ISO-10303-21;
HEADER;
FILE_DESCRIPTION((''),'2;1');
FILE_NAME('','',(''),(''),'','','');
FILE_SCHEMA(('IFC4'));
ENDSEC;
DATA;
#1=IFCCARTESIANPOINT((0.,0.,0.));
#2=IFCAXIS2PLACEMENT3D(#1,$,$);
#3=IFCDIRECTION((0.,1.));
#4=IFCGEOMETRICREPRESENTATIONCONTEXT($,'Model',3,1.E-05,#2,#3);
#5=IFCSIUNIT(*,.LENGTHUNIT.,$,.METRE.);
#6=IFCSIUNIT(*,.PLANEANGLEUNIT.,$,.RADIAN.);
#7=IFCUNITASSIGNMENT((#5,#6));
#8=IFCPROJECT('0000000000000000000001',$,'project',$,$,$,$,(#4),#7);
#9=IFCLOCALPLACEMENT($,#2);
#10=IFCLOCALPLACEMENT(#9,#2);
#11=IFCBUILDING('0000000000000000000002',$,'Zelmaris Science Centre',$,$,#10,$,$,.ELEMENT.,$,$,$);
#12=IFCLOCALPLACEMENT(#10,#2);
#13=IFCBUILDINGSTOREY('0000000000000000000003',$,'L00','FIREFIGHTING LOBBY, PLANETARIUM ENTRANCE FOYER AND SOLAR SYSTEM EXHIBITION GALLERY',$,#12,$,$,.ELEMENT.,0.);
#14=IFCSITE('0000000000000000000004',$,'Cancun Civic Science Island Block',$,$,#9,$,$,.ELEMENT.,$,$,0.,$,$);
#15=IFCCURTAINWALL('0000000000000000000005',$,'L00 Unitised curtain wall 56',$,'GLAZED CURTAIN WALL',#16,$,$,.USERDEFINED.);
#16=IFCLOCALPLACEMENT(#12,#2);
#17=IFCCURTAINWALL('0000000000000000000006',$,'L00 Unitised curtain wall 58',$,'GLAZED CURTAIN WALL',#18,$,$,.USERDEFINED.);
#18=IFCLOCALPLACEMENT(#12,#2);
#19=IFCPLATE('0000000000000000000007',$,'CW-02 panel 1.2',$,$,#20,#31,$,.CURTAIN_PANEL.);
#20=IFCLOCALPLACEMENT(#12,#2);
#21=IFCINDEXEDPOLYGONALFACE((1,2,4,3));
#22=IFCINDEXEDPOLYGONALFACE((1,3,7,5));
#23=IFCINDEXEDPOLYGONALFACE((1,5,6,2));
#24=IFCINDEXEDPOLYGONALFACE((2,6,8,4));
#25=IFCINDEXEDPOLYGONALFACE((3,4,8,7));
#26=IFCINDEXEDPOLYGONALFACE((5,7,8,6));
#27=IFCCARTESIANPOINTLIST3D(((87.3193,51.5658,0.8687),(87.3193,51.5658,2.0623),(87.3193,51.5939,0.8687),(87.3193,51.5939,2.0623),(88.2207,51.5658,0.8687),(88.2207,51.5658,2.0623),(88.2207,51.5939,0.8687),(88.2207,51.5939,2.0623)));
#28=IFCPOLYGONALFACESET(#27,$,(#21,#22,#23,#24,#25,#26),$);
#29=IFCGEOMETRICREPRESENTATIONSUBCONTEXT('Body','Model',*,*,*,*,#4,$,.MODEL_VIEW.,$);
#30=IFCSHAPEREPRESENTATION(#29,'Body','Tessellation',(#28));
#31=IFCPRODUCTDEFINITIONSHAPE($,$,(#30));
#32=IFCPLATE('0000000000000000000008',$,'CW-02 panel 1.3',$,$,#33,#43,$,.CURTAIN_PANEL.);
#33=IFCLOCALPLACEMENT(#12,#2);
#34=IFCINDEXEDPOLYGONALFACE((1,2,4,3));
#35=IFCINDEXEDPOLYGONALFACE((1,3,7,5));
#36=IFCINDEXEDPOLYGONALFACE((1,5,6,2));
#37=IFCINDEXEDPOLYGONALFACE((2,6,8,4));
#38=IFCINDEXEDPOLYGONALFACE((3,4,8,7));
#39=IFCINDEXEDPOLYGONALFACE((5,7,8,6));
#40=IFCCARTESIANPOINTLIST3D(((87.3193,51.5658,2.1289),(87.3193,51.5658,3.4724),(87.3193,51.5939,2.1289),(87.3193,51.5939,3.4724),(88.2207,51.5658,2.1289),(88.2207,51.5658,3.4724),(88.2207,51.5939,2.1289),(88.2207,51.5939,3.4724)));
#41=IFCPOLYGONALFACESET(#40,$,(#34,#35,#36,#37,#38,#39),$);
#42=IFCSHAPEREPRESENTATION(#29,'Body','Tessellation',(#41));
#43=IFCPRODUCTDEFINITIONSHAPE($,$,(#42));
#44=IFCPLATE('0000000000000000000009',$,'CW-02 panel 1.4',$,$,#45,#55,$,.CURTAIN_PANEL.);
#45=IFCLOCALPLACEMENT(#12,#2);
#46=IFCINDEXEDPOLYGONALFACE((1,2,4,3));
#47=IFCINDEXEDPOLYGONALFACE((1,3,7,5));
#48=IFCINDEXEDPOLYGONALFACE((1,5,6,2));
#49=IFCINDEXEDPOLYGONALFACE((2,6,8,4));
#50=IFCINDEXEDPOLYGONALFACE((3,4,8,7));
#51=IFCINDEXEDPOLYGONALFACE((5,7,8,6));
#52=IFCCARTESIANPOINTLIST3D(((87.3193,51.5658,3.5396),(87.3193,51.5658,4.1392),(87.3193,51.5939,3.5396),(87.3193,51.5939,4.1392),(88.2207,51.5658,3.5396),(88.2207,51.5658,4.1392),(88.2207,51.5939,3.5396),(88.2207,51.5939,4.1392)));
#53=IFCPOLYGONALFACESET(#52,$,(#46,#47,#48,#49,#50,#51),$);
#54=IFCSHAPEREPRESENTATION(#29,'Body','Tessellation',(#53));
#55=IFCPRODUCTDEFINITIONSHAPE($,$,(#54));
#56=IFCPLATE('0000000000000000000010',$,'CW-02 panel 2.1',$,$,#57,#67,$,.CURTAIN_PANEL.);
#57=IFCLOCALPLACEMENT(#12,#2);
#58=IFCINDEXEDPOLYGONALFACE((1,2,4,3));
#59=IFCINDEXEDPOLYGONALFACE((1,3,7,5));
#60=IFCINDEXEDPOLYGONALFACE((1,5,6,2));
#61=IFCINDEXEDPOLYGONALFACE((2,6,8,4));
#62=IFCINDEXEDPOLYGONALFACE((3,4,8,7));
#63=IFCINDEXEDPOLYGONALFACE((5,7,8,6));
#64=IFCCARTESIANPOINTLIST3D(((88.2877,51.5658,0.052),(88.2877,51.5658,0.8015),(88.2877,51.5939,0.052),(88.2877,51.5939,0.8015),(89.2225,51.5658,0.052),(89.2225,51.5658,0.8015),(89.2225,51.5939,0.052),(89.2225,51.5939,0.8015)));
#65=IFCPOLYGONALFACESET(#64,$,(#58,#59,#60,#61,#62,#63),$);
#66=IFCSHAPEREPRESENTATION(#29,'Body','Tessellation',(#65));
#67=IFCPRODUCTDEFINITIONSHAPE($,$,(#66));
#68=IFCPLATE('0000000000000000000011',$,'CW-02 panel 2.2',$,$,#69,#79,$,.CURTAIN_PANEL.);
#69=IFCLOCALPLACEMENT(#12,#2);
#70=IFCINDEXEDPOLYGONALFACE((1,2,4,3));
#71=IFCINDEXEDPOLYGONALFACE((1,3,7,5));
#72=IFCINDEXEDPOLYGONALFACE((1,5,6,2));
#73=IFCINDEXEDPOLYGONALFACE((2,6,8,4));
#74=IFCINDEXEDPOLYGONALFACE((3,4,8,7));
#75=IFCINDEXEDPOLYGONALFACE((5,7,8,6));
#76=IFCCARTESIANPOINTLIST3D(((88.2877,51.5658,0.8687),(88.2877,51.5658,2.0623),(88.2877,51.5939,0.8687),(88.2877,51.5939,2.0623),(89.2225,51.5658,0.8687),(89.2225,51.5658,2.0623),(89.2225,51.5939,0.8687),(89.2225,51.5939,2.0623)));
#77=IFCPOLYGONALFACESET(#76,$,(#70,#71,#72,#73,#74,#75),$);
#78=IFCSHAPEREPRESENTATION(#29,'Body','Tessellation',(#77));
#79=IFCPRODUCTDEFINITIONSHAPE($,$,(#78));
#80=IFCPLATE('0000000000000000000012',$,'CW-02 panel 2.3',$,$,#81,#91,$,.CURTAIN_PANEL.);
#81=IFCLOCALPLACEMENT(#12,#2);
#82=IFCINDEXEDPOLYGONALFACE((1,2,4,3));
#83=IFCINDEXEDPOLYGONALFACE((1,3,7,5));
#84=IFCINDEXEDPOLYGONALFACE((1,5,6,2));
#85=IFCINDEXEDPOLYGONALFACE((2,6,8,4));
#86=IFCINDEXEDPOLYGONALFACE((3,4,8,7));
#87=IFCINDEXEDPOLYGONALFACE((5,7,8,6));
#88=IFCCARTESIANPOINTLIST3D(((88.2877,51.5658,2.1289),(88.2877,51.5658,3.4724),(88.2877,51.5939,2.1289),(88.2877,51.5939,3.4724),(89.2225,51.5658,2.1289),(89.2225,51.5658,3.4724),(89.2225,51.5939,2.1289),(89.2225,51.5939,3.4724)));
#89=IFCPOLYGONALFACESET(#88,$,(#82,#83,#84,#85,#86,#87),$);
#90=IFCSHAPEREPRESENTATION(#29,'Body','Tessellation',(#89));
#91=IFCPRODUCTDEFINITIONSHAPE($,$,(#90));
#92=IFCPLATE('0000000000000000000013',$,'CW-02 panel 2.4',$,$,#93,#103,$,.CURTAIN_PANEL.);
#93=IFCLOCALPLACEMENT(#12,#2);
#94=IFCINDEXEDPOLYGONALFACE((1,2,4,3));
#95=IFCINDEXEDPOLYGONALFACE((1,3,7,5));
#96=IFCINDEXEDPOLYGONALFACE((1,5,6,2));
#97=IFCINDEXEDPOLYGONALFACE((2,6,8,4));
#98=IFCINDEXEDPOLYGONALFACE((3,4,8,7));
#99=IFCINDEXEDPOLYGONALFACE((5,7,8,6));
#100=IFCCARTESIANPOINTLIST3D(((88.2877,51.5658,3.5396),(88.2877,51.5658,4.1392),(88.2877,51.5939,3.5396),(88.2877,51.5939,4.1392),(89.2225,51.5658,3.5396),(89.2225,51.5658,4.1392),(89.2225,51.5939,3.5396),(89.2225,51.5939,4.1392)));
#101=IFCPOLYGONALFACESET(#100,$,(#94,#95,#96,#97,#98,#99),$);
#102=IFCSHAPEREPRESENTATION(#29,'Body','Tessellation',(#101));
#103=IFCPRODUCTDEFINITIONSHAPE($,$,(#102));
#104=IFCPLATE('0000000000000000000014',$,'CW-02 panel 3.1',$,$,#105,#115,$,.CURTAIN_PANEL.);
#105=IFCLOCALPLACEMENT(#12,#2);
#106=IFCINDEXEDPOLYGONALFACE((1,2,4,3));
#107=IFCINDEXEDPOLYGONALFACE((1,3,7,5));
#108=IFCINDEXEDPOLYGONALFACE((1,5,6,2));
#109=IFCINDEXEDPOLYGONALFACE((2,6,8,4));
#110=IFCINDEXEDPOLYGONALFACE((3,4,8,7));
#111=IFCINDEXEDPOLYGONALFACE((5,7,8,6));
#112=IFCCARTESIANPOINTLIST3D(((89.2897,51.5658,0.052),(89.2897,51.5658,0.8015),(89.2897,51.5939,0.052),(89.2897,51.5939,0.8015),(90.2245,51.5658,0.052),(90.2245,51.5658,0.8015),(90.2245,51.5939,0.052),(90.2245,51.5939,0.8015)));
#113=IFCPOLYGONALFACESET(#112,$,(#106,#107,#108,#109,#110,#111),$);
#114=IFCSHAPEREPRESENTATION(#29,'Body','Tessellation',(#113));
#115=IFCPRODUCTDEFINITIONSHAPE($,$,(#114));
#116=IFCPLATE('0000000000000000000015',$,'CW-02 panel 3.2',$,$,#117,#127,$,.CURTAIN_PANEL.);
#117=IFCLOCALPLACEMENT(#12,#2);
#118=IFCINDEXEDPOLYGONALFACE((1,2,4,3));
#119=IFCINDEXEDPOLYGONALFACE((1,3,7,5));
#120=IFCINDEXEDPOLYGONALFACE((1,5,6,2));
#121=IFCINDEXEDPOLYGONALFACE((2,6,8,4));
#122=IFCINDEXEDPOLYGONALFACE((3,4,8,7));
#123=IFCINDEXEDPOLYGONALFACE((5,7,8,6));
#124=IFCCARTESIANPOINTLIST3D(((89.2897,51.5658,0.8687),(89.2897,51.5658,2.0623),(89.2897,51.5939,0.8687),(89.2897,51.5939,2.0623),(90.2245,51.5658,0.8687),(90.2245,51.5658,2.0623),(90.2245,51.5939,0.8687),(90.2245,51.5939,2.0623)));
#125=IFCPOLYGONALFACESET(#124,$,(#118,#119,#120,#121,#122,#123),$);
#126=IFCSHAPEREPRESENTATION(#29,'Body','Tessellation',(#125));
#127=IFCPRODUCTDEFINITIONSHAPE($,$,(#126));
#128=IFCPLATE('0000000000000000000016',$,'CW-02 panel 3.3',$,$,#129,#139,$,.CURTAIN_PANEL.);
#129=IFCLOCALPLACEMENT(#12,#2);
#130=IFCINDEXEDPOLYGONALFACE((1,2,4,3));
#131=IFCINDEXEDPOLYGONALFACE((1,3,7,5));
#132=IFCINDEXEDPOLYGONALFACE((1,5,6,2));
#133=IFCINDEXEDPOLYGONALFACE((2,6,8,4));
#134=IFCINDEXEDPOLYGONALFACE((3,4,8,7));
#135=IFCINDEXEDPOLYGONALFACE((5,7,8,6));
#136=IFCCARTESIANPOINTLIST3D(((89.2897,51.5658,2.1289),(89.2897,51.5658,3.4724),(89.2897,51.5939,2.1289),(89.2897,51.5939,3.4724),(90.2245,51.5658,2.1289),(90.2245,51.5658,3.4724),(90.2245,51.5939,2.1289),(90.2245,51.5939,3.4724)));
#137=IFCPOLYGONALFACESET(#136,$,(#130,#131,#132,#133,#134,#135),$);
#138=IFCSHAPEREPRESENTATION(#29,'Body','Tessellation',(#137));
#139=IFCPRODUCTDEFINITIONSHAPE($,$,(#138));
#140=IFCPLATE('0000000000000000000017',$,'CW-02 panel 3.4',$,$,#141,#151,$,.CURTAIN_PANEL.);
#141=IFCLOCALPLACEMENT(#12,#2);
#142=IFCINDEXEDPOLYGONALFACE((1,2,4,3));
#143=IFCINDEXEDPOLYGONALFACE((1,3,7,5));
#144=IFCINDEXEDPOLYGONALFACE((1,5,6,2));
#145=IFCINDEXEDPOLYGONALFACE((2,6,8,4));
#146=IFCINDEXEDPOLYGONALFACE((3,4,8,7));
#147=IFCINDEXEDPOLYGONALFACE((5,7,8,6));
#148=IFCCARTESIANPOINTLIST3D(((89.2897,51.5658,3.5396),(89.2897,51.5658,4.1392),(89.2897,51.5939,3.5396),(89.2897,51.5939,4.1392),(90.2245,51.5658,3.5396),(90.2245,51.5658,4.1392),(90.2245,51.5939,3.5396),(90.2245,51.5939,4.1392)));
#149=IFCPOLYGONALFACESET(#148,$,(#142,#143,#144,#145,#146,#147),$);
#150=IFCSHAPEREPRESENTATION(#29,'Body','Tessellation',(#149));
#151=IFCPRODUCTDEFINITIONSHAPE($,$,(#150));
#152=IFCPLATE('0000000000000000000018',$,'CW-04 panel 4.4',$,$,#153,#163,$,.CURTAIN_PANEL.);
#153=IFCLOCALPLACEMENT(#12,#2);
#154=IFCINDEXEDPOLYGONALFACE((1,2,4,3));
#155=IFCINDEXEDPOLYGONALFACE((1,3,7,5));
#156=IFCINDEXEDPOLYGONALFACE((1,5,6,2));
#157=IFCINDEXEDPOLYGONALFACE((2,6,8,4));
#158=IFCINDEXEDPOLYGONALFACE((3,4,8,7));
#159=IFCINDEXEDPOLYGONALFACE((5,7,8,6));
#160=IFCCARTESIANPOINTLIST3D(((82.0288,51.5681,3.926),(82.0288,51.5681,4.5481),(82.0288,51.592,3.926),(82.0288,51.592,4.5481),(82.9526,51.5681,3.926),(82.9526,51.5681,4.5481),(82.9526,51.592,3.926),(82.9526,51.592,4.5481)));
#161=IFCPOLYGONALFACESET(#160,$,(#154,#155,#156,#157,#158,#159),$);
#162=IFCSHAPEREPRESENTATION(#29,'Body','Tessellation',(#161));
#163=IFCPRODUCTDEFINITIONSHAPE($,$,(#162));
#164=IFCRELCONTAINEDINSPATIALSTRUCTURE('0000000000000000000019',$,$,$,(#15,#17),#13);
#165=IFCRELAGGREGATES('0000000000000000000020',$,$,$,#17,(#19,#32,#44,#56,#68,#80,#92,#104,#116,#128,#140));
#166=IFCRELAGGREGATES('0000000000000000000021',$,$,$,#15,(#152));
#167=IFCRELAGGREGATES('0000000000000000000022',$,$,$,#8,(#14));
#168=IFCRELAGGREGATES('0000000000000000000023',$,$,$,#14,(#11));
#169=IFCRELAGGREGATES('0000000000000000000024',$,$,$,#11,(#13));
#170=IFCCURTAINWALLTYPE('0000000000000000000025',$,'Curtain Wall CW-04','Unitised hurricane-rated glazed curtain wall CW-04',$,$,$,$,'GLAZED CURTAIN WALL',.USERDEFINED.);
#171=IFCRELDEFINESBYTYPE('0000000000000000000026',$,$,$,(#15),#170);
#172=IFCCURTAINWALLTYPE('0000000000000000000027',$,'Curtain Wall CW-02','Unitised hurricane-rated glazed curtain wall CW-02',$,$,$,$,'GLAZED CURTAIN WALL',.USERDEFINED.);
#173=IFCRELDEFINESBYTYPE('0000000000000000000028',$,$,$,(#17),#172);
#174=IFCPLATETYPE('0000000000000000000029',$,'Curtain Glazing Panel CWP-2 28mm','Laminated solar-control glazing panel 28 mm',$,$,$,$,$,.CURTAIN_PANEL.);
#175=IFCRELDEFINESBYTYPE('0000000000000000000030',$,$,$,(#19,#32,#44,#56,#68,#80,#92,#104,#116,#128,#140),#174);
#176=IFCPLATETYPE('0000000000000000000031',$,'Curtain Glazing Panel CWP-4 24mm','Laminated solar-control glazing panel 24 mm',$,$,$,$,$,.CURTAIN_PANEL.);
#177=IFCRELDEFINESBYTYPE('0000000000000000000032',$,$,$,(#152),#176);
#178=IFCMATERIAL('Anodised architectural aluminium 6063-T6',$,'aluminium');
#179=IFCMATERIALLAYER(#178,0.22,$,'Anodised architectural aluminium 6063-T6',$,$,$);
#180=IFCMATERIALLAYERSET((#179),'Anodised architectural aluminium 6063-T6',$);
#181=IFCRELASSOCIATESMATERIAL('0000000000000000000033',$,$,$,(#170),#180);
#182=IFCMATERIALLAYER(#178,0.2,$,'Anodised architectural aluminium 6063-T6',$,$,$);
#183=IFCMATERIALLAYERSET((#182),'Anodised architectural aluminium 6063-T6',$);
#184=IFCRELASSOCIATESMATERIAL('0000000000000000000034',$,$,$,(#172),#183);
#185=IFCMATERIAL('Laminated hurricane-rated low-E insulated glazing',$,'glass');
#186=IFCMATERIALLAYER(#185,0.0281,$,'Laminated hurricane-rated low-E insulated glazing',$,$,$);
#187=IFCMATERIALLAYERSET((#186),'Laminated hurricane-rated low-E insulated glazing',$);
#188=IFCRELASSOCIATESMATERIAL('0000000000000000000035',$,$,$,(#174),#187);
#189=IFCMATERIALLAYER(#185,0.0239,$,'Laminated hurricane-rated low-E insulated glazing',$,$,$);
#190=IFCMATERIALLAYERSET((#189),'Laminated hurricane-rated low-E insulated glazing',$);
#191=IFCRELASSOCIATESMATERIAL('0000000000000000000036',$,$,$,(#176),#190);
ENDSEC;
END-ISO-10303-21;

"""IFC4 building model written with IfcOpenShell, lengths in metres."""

from ifc_helpers import new_model, si_unit, direction, frame, origin, origin_2d, place, context, subcontext, project, spatial, rectangle, extrude, material, layer, layer_set, type_object, element, aggregate, save


model = new_model("IFC4")

# Units and contexts
model_context = context("Model", 3, precision=1e-05, world=origin(), true_north=direction((0.0, 1.0)))
body_context = subcontext(model_context, "Body", "Model", "MODEL_VIEW")
ifc_project = project(units=[si_unit("LENGTHUNIT", "METRE"), si_unit("PLANEANGLEUNIT", "RADIAN")], contexts=[model_context])

# Site, building, storey
site_placement = place(None, origin())
site = spatial("IfcSite", under=ifc_project, at=site_placement, Name="Cancun Civic Science Island Block", CompositionType="ELEMENT", RefElevation=0.0)
building_placement = place(site_placement, origin())
building = spatial("IfcBuilding", under=site, at=building_placement, Name="Zelmaris Science Centre", CompositionType="ELEMENT")
storey_placement = place(building_placement, origin())
storey = spatial("IfcBuildingStorey", under=building, at=storey_placement, Name="L00", Description="FIREFIGHTING LOBBY, PLANETARIUM ENTRANCE FOYER AND SOLAR SYSTEM EXHIBITION GALLERY", CompositionType="ELEMENT", Elevation=0.0)

# Curtain wall
ifc_material_1 = material(Name="Anodised architectural aluminium 6063-T6", Category="aluminium")
ifc_layer_1 = layer(ifc_material_1, 0.22, Name="Anodised architectural aluminium 6063-T6")
ifc_layer_set_1 = layer_set([ifc_layer_1], Name="Anodised architectural aluminium 6063-T6")
curtain_wall_type_1 = type_object("IfcCurtainWallType", Name="Curtain Wall CW-04", Description="Unitised hurricane-rated glazed curtain wall CW-04", ElementType="GLAZED CURTAIN WALL", PredefinedType="USERDEFINED", material=ifc_layer_set_1)
curtain_wall_1_placement = place(storey_placement, origin())
curtain_wall_1 = element("IfcCurtainWall", 1, at=curtain_wall_1_placement, inside=storey, type_object=curtain_wall_type_1, Name="L00 Unitised curtain wall 56", ObjectType="GLAZED CURTAIN WALL", PredefinedType="USERDEFINED")

# Curtain wall, plates
ifc_layer_2 = layer(ifc_material_1, 0.2, Name="Anodised architectural aluminium 6063-T6")
ifc_layer_set_2 = layer_set([ifc_layer_2], Name="Anodised architectural aluminium 6063-T6")
curtain_wall_type_2 = type_object("IfcCurtainWallType", Name="Curtain Wall CW-02", Description="Unitised hurricane-rated glazed curtain wall CW-02", ElementType="GLAZED CURTAIN WALL", PredefinedType="USERDEFINED", material=ifc_layer_set_2)
curtain_wall_2_placement = place(storey_placement, origin())
curtain_wall_2 = element("IfcCurtainWall", 2, at=curtain_wall_2_placement, inside=storey, type_object=curtain_wall_type_2, Name="L00 Unitised curtain wall 58", ObjectType="GLAZED CURTAIN WALL", PredefinedType="USERDEFINED")
ifc_material_2 = material(Name="Laminated hurricane-rated low-E insulated glazing", Category="glass")
ifc_layer_3 = layer(ifc_material_2, 0.0281, Name="Laminated hurricane-rated low-E insulated glazing")
ifc_layer_set_3 = layer_set([ifc_layer_3], Name="Laminated hurricane-rated low-E insulated glazing")
plate_type_1 = type_object("IfcPlateType", Name="Curtain Glazing Panel CWP-2 28mm", Description="Laminated solar-control glazing panel 28 mm", PredefinedType="CURTAIN_PANEL", material=ifc_layer_set_3)
plate_1_placement = place(storey_placement, frame((87.77, 51.5798, 0.8687), z_axis=(0.0, 0.0, 1.0), x_axis=(1.0, 0.0, 0.0)))
plate_1 = element("IfcPlate", 3, at=plate_1_placement, type_object=plate_type_1, Name="CW-02 panel 1.2", PredefinedType="CURTAIN_PANEL", context=body_context, shape_type="SweptSolid", body=[
    extrude(rectangle(XDim=0.9014, YDim=0.0281, at=origin_2d()), origin(), (0.0, 0.0, 1.0), 1.1936),
])
plate_2_placement = place(storey_placement, frame((87.77, 51.5798, 2.1289), z_axis=(0.0, 0.0, 1.0), x_axis=(1.0, 0.0, 0.0)))
plate_2 = element("IfcPlate", 4, at=plate_2_placement, type_object=plate_type_1, Name="CW-02 panel 1.3", PredefinedType="CURTAIN_PANEL", context=body_context, shape_type="SweptSolid", body=[
    extrude(rectangle(XDim=0.9014, YDim=0.0281, at=origin_2d()), origin(), (0.0, 0.0, 1.0), 1.3435),
])
plate_3_placement = place(storey_placement, frame((87.77, 51.5798, 3.5396), z_axis=(0.0, 0.0, 1.0), x_axis=(1.0, 0.0, 0.0)))
plate_3 = element("IfcPlate", 5, at=plate_3_placement, type_object=plate_type_1, Name="CW-02 panel 1.4", PredefinedType="CURTAIN_PANEL", context=body_context, shape_type="SweptSolid", body=[
    extrude(rectangle(XDim=0.9014, YDim=0.0281, at=origin_2d()), origin(), (0.0, 0.0, 1.0), 0.5996),
])
plate_4_placement = place(storey_placement, frame((88.7551, 51.5798, 0.052), z_axis=(0.0, 0.0, 1.0), x_axis=(1.0, 0.0, 0.0)))
plate_4 = element("IfcPlate", 6, at=plate_4_placement, type_object=plate_type_1, Name="CW-02 panel 2.1", PredefinedType="CURTAIN_PANEL", context=body_context, shape_type="SweptSolid", body=[
    extrude(rectangle(XDim=0.9348, YDim=0.0281, at=origin_2d()), origin(), (0.0, 0.0, 1.0), 0.7495),
])
plate_5_placement = place(storey_placement, frame((88.7551, 51.5798, 0.8687), z_axis=(0.0, 0.0, 1.0), x_axis=(1.0, 0.0, 0.0)))
plate_5 = element("IfcPlate", 7, at=plate_5_placement, type_object=plate_type_1, Name="CW-02 panel 2.2", PredefinedType="CURTAIN_PANEL", context=body_context, shape_type="SweptSolid", body=[
    extrude(rectangle(XDim=0.9348, YDim=0.0281, at=origin_2d()), origin(), (0.0, 0.0, 1.0), 1.1936),
])
plate_6_placement = place(storey_placement, frame((88.7551, 51.5798, 2.1289), z_axis=(0.0, 0.0, 1.0), x_axis=(1.0, 0.0, 0.0)))
plate_6 = element("IfcPlate", 8, at=plate_6_placement, type_object=plate_type_1, Name="CW-02 panel 2.3", PredefinedType="CURTAIN_PANEL", context=body_context, shape_type="SweptSolid", body=[
    extrude(rectangle(XDim=0.9348, YDim=0.0281, at=origin_2d()), origin(), (0.0, 0.0, 1.0), 1.3435),
])
plate_7_placement = place(storey_placement, frame((88.7551, 51.5798, 3.5396), z_axis=(0.0, 0.0, 1.0), x_axis=(1.0, 0.0, 0.0)))
plate_7 = element("IfcPlate", 9, at=plate_7_placement, type_object=plate_type_1, Name="CW-02 panel 2.4", PredefinedType="CURTAIN_PANEL", context=body_context, shape_type="SweptSolid", body=[
    extrude(rectangle(XDim=0.9348, YDim=0.0281, at=origin_2d()), origin(), (0.0, 0.0, 1.0), 0.5996),
])
plate_8_placement = place(storey_placement, frame((89.7571, 51.5798, 0.052), z_axis=(0.0, 0.0, 1.0), x_axis=(1.0, 0.0, 0.0)))
plate_8 = element("IfcPlate", 10, at=plate_8_placement, type_object=plate_type_1, Name="CW-02 panel 3.1", PredefinedType="CURTAIN_PANEL", context=body_context, shape_type="SweptSolid", body=[
    extrude(rectangle(XDim=0.9348, YDim=0.0281, at=origin_2d()), origin(), (0.0, 0.0, 1.0), 0.7495),
])
plate_9_placement = place(storey_placement, frame((89.7571, 51.5798, 0.8687), z_axis=(0.0, 0.0, 1.0), x_axis=(1.0, 0.0, 0.0)))
plate_9 = element("IfcPlate", 11, at=plate_9_placement, type_object=plate_type_1, Name="CW-02 panel 3.2", PredefinedType="CURTAIN_PANEL", context=body_context, shape_type="SweptSolid", body=[
    extrude(rectangle(XDim=0.9348, YDim=0.0281, at=origin_2d()), origin(), (0.0, 0.0, 1.0), 1.1936),
])
plate_10_placement = place(storey_placement, frame((89.7571, 51.5798, 2.1289), z_axis=(0.0, 0.0, 1.0), x_axis=(1.0, 0.0, 0.0)))
plate_10 = element("IfcPlate", 12, at=plate_10_placement, type_object=plate_type_1, Name="CW-02 panel 3.3", PredefinedType="CURTAIN_PANEL", context=body_context, shape_type="SweptSolid", body=[
    extrude(rectangle(XDim=0.9348, YDim=0.0281, at=origin_2d()), origin(), (0.0, 0.0, 1.0), 1.3435),
])
plate_11_placement = place(storey_placement, frame((89.7571, 51.5798, 3.5396), z_axis=(0.0, 0.0, 1.0), x_axis=(1.0, 0.0, 0.0)))
plate_11 = element("IfcPlate", 13, at=plate_11_placement, type_object=plate_type_1, Name="CW-02 panel 3.4", PredefinedType="CURTAIN_PANEL", context=body_context, shape_type="SweptSolid", body=[
    extrude(rectangle(XDim=0.9348, YDim=0.0281, at=origin_2d()), origin(), (0.0, 0.0, 1.0), 0.5996),
])
aggregate(curtain_wall_2, [plate_1, plate_2, plate_3, plate_4, plate_5, plate_6, plate_7, plate_8, plate_9, plate_10, plate_11])

# Plate
ifc_layer_4 = layer(ifc_material_2, 0.0239, Name="Laminated hurricane-rated low-E insulated glazing")
ifc_layer_set_4 = layer_set([ifc_layer_4], Name="Laminated hurricane-rated low-E insulated glazing")
plate_type_2 = type_object("IfcPlateType", Name="Curtain Glazing Panel CWP-4 24mm", Description="Laminated solar-control glazing panel 24 mm", PredefinedType="CURTAIN_PANEL", material=ifc_layer_set_4)
plate_12_placement = place(storey_placement, frame((82.4907, 51.5801, 3.926), z_axis=(0.0, 0.0, 1.0), x_axis=(1.0, 0.0, 0.0)))
plate_12 = element("IfcPlate", 14, at=plate_12_placement, type_object=plate_type_2, Name="CW-04 panel 4.4", PredefinedType="CURTAIN_PANEL", context=body_context, shape_type="SweptSolid", body=[
    extrude(rectangle(XDim=0.9238, YDim=0.0239, at=origin_2d()), origin(), (0.0, 0.0, 1.0), 0.6221),
])
aggregate(curtain_wall_1, [plate_12])

save(model, "model.ifc")
